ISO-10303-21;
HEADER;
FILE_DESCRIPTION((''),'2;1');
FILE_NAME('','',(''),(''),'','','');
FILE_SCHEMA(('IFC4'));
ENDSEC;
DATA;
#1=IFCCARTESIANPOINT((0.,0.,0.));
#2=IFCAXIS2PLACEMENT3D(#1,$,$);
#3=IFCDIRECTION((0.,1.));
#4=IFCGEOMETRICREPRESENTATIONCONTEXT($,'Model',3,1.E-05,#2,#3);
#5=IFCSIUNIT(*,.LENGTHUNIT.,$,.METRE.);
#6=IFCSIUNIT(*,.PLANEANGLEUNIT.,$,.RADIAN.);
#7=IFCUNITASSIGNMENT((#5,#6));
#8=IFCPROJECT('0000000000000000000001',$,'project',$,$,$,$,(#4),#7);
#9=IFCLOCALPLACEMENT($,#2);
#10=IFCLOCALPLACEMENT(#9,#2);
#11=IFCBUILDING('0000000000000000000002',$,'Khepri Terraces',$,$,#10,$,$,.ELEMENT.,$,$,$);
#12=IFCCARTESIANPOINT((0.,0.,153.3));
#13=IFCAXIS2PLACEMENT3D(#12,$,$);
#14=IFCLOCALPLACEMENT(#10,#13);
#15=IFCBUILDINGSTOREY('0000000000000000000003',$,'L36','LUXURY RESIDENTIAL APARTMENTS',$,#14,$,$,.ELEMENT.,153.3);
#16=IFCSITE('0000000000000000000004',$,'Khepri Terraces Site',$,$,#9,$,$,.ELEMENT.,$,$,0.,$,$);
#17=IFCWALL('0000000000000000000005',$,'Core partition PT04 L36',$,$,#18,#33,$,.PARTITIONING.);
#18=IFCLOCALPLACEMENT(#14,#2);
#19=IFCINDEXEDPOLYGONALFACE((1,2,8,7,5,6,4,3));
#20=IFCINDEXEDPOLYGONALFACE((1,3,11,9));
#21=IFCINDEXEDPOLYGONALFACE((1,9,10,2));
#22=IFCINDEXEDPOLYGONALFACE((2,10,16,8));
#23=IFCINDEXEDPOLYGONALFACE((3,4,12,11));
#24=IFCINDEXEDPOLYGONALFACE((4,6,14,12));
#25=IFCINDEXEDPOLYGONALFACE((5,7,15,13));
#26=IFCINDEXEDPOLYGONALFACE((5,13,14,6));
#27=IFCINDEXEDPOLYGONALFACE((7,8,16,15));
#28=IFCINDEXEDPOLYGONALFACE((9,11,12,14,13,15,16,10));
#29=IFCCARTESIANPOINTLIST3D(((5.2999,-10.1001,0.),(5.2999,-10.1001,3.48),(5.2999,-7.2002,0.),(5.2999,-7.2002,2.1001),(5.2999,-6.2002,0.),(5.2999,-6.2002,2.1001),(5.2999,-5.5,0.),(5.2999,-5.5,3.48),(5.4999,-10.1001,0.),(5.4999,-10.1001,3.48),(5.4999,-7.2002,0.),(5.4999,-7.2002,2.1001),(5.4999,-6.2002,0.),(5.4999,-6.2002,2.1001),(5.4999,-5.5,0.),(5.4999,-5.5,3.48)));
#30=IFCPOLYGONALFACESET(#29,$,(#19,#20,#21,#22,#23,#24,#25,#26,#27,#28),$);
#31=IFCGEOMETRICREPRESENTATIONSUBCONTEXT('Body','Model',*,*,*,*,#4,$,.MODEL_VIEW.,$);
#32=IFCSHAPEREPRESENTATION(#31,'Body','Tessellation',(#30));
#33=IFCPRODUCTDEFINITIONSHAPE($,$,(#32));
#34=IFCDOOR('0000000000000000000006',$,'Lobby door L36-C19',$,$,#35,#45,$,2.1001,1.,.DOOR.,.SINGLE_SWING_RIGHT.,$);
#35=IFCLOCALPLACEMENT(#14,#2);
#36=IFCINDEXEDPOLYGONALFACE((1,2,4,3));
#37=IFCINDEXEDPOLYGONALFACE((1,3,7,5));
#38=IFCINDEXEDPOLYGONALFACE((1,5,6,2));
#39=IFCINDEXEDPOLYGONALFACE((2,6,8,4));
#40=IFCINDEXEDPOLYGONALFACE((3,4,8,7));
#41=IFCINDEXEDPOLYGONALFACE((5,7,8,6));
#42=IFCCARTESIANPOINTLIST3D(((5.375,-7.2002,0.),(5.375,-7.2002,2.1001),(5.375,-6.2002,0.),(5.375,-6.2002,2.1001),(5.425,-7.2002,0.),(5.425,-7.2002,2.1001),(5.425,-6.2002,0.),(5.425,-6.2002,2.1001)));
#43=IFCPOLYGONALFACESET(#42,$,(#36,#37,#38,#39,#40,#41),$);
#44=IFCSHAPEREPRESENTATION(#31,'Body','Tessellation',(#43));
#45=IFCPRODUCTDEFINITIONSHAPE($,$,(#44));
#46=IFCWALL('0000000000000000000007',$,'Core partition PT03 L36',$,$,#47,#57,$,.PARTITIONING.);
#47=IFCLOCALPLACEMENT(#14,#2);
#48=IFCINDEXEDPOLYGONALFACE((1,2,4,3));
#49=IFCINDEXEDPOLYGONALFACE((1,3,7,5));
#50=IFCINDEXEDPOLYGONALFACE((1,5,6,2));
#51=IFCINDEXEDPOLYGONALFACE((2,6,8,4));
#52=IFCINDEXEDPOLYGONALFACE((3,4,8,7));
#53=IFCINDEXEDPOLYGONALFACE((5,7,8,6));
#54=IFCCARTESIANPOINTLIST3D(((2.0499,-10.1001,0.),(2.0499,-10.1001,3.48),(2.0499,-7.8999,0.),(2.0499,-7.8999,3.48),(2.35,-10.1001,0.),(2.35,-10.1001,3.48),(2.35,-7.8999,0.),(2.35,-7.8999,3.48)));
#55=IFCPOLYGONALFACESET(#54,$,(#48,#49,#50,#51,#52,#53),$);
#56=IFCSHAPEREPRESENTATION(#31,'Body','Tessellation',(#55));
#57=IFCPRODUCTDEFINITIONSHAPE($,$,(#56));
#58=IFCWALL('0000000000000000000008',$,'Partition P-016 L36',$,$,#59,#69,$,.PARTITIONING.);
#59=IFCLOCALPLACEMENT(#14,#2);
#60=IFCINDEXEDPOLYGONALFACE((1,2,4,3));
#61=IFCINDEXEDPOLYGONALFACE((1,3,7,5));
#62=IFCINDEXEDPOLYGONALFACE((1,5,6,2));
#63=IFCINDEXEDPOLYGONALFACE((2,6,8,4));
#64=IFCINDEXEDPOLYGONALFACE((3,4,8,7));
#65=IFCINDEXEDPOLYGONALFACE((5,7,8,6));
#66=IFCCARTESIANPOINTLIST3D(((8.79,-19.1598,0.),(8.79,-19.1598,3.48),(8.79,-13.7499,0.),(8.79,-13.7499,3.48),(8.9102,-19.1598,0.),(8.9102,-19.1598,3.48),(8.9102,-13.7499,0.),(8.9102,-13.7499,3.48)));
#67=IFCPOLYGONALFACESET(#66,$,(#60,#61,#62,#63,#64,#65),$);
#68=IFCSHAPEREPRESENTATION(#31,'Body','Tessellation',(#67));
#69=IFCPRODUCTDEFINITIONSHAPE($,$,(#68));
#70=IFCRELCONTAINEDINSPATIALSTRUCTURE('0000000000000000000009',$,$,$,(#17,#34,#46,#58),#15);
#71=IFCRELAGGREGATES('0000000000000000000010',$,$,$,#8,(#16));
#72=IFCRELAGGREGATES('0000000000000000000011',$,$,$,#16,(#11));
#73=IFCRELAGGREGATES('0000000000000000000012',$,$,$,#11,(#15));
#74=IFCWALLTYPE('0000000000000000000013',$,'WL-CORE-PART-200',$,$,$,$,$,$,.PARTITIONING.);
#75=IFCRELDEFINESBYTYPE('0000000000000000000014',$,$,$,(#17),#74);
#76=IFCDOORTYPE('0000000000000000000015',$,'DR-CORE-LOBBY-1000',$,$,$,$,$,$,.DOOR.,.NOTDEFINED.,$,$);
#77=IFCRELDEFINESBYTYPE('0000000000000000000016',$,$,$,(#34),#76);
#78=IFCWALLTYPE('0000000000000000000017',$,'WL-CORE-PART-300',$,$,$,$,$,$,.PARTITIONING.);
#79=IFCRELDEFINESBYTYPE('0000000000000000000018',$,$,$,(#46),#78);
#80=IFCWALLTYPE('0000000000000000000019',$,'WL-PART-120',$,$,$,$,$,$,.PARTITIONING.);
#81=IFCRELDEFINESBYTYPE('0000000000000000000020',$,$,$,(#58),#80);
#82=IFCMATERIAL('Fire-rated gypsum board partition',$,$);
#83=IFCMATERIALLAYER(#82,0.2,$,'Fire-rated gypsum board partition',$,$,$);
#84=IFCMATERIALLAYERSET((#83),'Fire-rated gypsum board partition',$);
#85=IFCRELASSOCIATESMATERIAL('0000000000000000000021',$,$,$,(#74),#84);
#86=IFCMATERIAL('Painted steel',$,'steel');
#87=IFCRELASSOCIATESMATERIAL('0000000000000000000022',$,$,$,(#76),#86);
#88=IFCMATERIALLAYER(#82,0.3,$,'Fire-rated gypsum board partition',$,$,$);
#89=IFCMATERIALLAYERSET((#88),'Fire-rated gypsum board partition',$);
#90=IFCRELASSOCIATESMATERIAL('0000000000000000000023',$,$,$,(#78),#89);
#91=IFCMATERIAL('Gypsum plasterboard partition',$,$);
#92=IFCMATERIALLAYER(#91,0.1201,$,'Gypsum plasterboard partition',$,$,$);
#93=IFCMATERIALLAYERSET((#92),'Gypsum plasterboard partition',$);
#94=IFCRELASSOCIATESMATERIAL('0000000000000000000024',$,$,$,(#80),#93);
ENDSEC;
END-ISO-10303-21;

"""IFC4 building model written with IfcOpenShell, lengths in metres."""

from ifc_helpers import new_model, si_unit, direction, frame, frame_2d, origin, place, context, subcontext, project, spatial, rectangle, extrude, material, layer, layer_set, type_object, element, fill, save


model = new_model("IFC4")

# Units and contexts
model_context = context("Model", 3, precision=1e-05, world=origin(), true_north=direction((0.0, 1.0)))
body_context = subcontext(model_context, "Body", "Model", "MODEL_VIEW")
ifc_project = project(units=[si_unit("LENGTHUNIT", "METRE"), si_unit("PLANEANGLEUNIT", "RADIAN")], contexts=[model_context])

# Site, building, storey
site_placement = place(None, origin())
site = spatial("IfcSite", under=ifc_project, at=site_placement, Name="Khepri Terraces Site", CompositionType="ELEMENT", RefElevation=0.0)
building_placement = place(site_placement, origin())
building = spatial("IfcBuilding", under=site, at=building_placement, Name="Khepri Terraces", CompositionType="ELEMENT")
storey_placement = place(building_placement, frame((0.0, 0.0, 153.3)))
storey = spatial("IfcBuildingStorey", under=building, at=storey_placement, Name="L36", Description="LUXURY RESIDENTIAL APARTMENTS", CompositionType="ELEMENT", Elevation=153.3)

# Shared definitions
ifc_material_1 = material(Name="Fire-rated gypsum board partition")
ifc_layer_1 = layer(ifc_material_1, 0.2, Name="Fire-rated gypsum board partition")
ifc_layer_set_1 = layer_set([ifc_layer_1], Name="Fire-rated gypsum board partition")
wall_type_1 = type_object("IfcWallType", Name="WL-CORE-PART-200", PredefinedType="PARTITIONING", material=ifc_layer_set_1)

# Wall, opening, door
wall_1_placement = place(storey_placement, frame((5.3999, -10.1001, 0.0), z_axis=(0.0, 0.0, 1.0), x_axis=(0.0, 1.0, 0.0)))
wall_1 = element("IfcWall", 1, at=wall_1_placement, inside=storey, type_object=wall_type_1, Name="Core partition PT04 L36", PredefinedType="PARTITIONING", context=body_context, shape_type="SweptSolid", body=[
    extrude(rectangle(XDim=4.6001, YDim=0.2, at=frame_2d((2.3, 0.0))), origin(), (0.0, 0.0, 1.0), 3.48),
])
opening_1_placement = place(wall_1_placement, frame((2.8999, 0.0, 0.0)))
opening_1 = element("IfcOpeningElement", 2, at=opening_1_placement, cuts=wall_1, PredefinedType="OPENING", context=body_context, shape_type="SweptSolid", body=[
    extrude(rectangle(XDim=1.0, YDim=2.1001, at=frame_2d((0.5, 1.05))), frame((0.0, 0.1099, 0.0), z_axis=(0.0, -1.0, 0.0), x_axis=(1.0, 0.0, 0.0)), (0.0, 0.0, 1.0), 0.22),
])
ifc_material_2 = material(Name="Painted steel", Category="steel")
door_type_1 = type_object("IfcDoorType", Name="DR-CORE-LOBBY-1000", OperationType="NOTDEFINED", PredefinedType="DOOR", material=ifc_material_2)
door_1_placement = place(opening_1_placement, origin())
door_1 = element("IfcDoor", 3, at=door_1_placement, inside=storey, type_object=door_type_1, Name="Lobby door L36-C19", OperationType="SINGLE_SWING_RIGHT", OverallHeight=2.1001, OverallWidth=1.0, PredefinedType="DOOR", context=body_context, shape_type="SweptSolid", body=[
    extrude(rectangle(XDim=1.0, YDim=2.1001, at=frame_2d((0.5, 1.05))), frame((0.0, 0.0249, 0.0), z_axis=(0.0, -1.0, 0.0), x_axis=(1.0, 0.0, 0.0)), (0.0, 0.0, 1.0), 0.05),
])
fill(opening_1, door_1)

# Wall
ifc_layer_2 = layer(ifc_material_1, 0.3, Name="Fire-rated gypsum board partition")
ifc_layer_set_2 = layer_set([ifc_layer_2], Name="Fire-rated gypsum board partition")
wall_type_2 = type_object("IfcWallType", Name="WL-CORE-PART-300", PredefinedType="PARTITIONING", material=ifc_layer_set_2)
wall_2_placement = place(storey_placement, frame((2.2, -10.1001, 0.0), z_axis=(0.0, 0.0, 1.0), x_axis=(0.0, 1.0, 0.0)))
element("IfcWall", 4, at=wall_2_placement, inside=storey, type_object=wall_type_2, Name="Core partition PT03 L36", PredefinedType="PARTITIONING", context=body_context, shape_type="SweptSolid", body=[
    extrude(rectangle(XDim=2.2002, YDim=0.3, at=frame_2d((1.1001, 0.0))), origin(), (0.0, 0.0, 1.0), 3.48),
])

# Wall
ifc_material_3 = material(Name="Gypsum plasterboard partition")
ifc_layer_3 = layer(ifc_material_3, 0.1201, Name="Gypsum plasterboard partition")
ifc_layer_set_3 = layer_set([ifc_layer_3], Name="Gypsum plasterboard partition")
wall_type_3 = type_object("IfcWallType", Name="WL-PART-120", PredefinedType="PARTITIONING", material=ifc_layer_set_3)
wall_3_placement = place(storey_placement, frame((8.8501, -19.1599, 0.0), z_axis=(0.0, 0.0, 1.0), x_axis=(0.0, 1.0, 0.0)))
element("IfcWall", 5, at=wall_3_placement, inside=storey, type_object=wall_type_3, Name="Partition P-016 L36", PredefinedType="PARTITIONING", context=body_context, shape_type="SweptSolid", body=[
    extrude(rectangle(XDim=5.4099, YDim=0.1201, at=frame_2d((2.7051, 0.0))), origin(), (0.0, 0.0, 1.0), 3.48),
])

save(model, "model.ifc")
